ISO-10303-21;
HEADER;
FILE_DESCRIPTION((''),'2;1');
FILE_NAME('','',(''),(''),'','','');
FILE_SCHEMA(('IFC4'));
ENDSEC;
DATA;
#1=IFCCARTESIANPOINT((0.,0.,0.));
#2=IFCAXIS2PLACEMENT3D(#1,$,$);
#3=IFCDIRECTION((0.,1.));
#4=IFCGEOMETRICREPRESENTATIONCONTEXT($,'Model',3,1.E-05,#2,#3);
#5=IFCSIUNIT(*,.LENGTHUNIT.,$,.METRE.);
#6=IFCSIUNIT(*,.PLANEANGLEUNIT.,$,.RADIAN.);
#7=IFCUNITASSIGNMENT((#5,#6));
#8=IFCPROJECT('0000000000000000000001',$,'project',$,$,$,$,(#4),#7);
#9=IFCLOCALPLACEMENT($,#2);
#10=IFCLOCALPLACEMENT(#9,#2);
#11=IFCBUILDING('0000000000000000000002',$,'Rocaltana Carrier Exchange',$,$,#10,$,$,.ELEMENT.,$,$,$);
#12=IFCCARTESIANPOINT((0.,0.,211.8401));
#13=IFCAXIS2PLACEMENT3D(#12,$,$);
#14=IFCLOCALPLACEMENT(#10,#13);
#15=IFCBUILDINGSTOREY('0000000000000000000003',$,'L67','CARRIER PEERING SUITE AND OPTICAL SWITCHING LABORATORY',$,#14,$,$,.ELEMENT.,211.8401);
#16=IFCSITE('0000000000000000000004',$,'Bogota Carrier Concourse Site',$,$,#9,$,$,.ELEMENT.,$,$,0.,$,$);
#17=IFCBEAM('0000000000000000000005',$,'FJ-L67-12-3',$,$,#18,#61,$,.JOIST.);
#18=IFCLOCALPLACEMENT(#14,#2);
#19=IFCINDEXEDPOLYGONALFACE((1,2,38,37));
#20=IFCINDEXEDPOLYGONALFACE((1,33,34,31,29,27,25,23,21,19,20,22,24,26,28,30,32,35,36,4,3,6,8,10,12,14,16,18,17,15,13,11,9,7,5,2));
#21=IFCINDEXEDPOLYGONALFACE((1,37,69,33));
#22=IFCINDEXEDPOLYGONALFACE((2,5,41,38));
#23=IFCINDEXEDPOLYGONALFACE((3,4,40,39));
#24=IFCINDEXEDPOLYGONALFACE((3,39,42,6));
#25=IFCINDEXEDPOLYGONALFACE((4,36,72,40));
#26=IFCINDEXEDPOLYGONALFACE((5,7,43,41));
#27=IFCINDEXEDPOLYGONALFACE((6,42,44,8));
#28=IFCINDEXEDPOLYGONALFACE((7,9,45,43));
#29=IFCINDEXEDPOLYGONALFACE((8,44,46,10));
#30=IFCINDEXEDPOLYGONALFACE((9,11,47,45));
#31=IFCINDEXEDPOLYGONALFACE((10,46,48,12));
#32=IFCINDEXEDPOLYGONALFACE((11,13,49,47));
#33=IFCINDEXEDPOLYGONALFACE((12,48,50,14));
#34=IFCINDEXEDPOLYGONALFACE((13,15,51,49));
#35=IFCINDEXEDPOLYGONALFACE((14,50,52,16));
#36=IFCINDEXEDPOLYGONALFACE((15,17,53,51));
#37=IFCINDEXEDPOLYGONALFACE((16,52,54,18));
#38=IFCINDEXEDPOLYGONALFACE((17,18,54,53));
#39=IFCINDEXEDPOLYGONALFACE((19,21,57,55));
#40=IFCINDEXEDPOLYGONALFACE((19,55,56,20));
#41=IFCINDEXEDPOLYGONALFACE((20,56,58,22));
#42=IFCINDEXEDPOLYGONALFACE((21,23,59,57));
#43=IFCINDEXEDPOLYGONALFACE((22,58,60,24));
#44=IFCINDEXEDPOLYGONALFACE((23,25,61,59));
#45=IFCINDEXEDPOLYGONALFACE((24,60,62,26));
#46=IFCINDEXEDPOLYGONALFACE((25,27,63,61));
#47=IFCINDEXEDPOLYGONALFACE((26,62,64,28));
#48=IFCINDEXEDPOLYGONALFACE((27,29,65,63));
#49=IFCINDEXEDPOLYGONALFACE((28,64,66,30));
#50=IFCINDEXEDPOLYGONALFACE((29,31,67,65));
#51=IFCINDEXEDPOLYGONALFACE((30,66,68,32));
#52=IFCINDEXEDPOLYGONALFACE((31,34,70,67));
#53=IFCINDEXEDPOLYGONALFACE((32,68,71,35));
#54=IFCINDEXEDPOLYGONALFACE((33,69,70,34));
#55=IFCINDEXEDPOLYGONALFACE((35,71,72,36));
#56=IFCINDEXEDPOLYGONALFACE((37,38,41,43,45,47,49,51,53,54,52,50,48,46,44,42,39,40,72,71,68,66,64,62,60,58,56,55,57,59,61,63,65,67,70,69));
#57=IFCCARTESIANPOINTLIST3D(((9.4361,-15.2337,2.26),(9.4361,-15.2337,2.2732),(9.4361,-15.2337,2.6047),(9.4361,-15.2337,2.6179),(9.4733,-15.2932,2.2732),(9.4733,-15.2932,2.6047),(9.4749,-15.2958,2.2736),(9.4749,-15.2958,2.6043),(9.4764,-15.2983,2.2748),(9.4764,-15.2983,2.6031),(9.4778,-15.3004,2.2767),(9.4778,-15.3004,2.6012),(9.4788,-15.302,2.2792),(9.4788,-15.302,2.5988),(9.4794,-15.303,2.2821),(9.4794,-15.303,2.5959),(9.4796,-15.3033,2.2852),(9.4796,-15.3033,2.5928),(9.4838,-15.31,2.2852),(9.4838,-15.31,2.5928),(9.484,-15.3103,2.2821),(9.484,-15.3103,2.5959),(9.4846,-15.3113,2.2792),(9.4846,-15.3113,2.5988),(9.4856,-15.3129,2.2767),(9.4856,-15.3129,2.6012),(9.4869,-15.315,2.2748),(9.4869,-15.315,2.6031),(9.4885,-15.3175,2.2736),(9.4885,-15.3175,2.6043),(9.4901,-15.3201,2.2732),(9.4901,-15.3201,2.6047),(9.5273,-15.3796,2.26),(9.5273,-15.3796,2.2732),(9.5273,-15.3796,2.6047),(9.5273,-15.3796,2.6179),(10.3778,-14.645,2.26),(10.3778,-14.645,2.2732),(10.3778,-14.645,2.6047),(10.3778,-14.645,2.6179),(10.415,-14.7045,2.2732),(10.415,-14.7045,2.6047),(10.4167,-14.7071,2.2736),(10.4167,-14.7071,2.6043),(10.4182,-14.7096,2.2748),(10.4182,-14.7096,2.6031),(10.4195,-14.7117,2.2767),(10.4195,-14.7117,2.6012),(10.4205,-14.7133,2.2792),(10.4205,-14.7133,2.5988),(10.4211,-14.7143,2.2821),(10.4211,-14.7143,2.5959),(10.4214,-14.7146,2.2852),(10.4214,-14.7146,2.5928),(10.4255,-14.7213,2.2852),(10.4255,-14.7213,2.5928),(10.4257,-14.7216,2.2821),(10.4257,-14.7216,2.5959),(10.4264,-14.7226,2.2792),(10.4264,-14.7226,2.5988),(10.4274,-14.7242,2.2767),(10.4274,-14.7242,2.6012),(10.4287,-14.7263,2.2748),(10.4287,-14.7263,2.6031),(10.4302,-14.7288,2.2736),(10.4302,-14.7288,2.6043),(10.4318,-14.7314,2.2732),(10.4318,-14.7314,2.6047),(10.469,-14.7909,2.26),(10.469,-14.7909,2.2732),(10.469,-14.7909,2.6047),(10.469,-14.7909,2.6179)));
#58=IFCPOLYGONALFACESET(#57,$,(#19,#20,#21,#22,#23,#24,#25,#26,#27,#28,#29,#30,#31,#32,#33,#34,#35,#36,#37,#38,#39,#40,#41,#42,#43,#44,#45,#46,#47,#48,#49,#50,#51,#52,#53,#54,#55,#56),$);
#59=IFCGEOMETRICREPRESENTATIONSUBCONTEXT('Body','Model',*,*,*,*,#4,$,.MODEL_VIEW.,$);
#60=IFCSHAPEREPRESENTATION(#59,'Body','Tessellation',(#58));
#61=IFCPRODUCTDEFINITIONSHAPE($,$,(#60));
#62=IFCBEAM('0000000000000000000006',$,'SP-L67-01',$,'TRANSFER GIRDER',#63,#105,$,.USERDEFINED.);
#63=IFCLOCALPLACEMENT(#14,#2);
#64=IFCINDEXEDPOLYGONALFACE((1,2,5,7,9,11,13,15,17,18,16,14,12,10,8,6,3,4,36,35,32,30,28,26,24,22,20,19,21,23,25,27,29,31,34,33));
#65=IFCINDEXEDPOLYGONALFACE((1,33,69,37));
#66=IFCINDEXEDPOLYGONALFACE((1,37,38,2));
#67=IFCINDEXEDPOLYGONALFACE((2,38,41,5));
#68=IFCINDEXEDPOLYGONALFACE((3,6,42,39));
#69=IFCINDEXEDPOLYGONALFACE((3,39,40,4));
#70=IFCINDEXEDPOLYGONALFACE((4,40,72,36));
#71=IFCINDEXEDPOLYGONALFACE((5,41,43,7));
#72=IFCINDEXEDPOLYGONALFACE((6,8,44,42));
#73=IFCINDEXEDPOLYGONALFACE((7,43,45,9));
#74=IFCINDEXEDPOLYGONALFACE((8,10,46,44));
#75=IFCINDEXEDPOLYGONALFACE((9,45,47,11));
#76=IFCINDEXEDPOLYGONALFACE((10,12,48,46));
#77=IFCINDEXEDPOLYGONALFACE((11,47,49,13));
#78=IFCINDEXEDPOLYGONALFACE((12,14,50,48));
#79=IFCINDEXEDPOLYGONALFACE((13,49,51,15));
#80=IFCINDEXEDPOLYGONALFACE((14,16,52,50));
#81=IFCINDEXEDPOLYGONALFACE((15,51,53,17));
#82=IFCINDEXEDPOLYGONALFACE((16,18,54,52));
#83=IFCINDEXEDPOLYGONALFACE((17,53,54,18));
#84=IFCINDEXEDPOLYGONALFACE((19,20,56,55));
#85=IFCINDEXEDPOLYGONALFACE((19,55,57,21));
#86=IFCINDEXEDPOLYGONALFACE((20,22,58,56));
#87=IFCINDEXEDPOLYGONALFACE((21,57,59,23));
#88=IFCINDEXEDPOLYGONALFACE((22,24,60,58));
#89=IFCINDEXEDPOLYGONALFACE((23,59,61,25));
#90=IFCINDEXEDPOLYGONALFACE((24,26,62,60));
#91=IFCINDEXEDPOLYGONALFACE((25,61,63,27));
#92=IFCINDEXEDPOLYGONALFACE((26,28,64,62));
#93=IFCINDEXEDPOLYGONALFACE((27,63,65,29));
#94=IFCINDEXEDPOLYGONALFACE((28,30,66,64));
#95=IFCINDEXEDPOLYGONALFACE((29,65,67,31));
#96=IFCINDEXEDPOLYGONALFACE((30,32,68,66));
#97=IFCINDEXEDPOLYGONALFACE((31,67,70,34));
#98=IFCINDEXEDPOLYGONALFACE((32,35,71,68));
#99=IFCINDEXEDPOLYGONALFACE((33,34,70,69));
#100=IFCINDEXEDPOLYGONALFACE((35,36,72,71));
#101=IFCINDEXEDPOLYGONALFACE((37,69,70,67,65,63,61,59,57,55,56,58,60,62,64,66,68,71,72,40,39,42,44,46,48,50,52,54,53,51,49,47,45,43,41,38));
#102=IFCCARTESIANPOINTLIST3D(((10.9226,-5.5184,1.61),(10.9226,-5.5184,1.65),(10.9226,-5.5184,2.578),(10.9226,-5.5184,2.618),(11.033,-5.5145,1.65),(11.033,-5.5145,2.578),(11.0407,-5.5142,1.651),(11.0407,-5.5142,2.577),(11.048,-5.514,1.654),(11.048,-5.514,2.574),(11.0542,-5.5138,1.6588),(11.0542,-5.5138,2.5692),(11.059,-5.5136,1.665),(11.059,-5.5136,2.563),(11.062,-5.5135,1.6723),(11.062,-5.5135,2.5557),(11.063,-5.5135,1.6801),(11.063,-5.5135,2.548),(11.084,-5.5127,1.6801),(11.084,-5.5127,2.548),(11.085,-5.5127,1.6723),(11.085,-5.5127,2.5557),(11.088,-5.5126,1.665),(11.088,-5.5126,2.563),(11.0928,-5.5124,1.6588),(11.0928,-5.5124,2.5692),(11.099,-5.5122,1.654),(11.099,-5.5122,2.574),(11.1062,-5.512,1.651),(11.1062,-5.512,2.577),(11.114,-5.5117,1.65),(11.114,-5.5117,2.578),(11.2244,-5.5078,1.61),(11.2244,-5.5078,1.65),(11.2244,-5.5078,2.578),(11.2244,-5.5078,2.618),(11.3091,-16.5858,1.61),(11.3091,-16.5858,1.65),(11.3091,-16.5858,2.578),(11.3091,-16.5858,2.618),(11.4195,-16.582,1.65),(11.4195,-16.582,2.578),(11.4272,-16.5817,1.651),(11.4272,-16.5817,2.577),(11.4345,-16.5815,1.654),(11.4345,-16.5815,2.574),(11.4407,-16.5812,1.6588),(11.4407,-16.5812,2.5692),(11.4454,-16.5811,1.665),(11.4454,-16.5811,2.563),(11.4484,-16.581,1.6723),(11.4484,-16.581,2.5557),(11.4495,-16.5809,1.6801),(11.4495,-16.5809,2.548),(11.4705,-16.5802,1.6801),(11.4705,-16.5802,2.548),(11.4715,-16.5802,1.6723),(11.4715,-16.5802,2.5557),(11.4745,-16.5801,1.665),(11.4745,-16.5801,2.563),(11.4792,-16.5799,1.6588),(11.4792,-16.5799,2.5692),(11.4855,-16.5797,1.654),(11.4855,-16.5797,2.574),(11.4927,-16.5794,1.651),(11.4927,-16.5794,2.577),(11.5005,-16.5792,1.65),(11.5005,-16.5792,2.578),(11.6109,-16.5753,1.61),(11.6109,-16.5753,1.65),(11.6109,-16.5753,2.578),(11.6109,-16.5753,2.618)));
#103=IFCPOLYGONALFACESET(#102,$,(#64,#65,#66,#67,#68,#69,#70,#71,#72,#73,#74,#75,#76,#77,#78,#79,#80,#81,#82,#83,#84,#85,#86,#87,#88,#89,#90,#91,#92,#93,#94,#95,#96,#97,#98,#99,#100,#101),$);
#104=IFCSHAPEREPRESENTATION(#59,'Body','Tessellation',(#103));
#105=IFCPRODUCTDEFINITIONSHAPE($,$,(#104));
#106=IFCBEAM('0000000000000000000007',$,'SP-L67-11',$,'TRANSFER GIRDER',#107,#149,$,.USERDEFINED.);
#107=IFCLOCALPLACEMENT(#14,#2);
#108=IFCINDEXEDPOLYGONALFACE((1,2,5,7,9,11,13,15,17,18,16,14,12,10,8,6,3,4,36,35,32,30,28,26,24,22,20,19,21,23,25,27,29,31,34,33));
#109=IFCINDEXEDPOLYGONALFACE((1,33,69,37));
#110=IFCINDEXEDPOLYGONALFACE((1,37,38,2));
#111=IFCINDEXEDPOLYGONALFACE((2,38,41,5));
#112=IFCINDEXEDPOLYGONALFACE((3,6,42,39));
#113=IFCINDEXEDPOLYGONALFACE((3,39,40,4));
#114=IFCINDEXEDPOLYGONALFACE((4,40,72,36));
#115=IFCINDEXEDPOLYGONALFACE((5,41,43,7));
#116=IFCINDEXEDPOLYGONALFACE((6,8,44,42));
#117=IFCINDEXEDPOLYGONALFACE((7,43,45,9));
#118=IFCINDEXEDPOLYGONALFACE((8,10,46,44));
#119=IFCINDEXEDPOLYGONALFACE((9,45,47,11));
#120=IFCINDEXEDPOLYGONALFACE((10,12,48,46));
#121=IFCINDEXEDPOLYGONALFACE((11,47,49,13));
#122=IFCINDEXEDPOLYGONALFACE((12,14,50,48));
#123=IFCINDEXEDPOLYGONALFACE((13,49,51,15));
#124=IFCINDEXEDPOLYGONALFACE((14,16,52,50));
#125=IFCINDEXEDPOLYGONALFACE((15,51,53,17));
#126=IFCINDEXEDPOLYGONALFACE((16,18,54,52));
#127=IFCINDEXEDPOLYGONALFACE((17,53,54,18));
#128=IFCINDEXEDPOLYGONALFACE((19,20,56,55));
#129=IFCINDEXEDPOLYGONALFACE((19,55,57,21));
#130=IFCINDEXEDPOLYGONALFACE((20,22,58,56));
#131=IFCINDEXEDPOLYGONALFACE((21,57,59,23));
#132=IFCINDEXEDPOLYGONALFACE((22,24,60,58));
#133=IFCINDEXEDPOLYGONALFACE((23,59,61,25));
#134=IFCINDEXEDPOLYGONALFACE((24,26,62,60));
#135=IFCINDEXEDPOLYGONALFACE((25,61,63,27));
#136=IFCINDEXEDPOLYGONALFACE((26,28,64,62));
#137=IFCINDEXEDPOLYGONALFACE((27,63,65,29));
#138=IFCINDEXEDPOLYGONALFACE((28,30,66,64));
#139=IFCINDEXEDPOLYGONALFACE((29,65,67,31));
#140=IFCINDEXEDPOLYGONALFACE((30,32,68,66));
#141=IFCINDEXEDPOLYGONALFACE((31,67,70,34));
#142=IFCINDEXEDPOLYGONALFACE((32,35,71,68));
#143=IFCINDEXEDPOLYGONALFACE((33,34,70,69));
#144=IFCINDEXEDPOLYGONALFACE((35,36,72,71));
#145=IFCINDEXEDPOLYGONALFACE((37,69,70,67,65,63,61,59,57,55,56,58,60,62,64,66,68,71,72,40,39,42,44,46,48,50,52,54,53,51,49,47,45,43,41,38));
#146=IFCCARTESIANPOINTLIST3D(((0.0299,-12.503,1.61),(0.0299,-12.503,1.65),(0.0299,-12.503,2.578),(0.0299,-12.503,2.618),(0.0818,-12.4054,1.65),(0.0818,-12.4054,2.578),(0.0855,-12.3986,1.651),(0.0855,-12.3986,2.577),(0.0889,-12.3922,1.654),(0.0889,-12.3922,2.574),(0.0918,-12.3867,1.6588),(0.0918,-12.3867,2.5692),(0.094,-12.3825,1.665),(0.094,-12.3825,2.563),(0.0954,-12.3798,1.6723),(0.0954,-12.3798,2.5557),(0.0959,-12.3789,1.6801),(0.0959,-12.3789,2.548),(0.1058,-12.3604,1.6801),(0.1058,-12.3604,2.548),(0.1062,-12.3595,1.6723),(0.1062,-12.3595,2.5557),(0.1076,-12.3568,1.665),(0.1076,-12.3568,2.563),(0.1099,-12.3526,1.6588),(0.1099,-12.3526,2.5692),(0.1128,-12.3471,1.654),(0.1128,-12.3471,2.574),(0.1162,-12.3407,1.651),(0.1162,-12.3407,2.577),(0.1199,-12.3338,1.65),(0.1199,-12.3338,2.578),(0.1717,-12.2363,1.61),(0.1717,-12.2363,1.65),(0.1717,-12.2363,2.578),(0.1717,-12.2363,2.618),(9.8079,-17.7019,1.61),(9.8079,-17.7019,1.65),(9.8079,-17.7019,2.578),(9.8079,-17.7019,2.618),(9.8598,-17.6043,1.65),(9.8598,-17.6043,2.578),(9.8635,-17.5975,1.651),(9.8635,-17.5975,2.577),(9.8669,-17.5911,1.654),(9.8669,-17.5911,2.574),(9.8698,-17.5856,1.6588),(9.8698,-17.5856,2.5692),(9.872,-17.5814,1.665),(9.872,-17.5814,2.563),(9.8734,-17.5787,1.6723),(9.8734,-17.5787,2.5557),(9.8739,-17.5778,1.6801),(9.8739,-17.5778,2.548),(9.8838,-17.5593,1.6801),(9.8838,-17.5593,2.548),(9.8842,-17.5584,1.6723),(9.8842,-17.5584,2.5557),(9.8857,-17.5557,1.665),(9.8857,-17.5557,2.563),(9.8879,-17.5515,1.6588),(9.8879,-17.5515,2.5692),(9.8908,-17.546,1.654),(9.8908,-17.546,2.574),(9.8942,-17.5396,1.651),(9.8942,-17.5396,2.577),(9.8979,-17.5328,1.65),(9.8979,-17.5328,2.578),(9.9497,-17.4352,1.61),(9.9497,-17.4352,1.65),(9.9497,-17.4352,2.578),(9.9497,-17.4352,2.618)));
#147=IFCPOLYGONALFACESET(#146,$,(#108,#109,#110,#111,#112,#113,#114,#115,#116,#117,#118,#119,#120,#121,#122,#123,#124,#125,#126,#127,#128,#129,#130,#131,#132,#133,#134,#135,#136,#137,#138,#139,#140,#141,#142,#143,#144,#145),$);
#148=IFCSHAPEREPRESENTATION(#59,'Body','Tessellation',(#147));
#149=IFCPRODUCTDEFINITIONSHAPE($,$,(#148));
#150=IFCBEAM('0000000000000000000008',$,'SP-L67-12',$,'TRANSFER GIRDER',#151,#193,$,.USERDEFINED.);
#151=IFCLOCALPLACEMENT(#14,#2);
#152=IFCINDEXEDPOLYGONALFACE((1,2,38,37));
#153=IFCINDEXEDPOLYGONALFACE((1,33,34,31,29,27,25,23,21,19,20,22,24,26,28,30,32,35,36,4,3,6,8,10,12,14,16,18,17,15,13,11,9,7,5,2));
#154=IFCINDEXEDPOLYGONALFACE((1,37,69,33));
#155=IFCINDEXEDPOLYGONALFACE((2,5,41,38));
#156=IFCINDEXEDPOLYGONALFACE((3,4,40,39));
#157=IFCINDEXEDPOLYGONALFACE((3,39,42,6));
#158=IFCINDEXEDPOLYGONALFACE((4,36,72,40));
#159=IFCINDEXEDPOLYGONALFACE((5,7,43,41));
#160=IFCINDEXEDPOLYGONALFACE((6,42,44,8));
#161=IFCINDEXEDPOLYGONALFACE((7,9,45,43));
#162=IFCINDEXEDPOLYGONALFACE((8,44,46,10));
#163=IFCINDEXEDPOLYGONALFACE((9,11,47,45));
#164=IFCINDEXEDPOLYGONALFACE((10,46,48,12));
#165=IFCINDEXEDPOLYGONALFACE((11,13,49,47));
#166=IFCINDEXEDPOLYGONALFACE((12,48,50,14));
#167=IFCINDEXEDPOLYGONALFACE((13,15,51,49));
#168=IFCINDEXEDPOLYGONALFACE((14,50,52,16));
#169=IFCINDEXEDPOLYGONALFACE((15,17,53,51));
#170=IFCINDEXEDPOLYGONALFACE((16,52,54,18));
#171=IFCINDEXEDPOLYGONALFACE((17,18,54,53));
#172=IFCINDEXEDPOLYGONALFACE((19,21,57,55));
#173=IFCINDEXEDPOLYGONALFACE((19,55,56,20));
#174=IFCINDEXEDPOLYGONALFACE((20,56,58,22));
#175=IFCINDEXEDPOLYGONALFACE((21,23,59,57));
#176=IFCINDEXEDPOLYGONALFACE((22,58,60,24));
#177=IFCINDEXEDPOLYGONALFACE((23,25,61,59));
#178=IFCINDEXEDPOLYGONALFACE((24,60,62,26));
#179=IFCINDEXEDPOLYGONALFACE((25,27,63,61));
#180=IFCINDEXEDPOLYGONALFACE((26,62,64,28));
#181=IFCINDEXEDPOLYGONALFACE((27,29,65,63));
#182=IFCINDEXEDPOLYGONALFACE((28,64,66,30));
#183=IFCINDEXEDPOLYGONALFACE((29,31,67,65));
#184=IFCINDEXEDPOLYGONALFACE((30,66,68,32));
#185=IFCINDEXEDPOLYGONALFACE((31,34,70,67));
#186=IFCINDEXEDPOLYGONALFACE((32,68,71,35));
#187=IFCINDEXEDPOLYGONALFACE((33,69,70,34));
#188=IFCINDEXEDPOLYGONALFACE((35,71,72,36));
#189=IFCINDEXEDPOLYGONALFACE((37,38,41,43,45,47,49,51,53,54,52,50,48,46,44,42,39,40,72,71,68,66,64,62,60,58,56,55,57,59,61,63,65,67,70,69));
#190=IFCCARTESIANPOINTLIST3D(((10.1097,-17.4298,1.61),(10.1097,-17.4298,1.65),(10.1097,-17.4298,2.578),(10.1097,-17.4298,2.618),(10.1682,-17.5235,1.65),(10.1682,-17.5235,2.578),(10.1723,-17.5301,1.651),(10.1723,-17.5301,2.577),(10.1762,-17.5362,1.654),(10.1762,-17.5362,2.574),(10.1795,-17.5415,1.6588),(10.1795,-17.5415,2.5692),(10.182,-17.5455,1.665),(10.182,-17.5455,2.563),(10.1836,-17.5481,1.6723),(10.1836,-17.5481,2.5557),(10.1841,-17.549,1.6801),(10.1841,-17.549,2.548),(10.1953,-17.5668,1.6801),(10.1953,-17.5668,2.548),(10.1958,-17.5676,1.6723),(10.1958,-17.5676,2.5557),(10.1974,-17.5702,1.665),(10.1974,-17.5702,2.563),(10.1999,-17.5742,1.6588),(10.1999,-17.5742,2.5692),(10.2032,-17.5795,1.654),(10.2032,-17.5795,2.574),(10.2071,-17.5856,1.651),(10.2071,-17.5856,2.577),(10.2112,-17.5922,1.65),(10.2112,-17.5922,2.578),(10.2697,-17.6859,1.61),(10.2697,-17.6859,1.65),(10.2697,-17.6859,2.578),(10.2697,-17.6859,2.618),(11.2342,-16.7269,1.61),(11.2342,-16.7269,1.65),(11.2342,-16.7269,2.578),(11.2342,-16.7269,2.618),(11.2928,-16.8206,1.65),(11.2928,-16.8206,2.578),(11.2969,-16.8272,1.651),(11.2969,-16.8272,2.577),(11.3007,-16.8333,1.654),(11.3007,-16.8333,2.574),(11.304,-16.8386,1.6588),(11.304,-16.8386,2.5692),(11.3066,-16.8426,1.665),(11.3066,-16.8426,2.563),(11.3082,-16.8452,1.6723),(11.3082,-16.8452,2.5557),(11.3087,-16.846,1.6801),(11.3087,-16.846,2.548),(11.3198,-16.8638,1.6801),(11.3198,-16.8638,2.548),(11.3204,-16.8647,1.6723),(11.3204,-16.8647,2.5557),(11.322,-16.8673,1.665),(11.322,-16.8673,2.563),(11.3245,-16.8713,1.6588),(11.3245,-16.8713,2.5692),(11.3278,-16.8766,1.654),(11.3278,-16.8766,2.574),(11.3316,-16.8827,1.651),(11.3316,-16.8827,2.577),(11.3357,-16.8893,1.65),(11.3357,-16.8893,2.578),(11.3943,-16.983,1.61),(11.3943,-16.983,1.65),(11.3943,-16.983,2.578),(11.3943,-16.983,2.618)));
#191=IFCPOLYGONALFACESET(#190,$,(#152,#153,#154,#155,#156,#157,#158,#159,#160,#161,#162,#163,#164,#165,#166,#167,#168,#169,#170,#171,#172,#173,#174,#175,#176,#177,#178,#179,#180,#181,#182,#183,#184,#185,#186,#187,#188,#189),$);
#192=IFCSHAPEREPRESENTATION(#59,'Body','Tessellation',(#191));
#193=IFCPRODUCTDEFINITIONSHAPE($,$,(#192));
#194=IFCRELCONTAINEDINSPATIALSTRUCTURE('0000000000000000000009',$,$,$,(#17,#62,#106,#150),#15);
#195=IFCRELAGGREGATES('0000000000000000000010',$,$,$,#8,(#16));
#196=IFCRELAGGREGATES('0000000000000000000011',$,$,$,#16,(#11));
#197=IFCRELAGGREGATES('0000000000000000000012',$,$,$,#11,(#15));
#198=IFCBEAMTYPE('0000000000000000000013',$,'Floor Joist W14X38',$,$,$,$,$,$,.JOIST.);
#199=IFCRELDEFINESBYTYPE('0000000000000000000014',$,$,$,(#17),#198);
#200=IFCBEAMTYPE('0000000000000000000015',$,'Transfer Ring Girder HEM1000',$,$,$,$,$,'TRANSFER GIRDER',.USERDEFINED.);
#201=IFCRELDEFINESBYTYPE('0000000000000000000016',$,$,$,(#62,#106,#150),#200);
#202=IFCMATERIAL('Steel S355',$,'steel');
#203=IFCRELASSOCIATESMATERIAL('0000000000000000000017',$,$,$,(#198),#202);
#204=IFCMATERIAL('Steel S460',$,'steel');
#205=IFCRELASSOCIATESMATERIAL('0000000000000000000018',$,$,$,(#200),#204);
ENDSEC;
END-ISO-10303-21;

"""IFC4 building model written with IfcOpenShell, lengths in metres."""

from ifc_helpers import new_model, si_unit, direction, frame, origin, origin_2d, place, context, subcontext, project, spatial, i_section, extrude, material, material_profile, profile_set, type_object, element, save


model = new_model("IFC4")

# Units and contexts
model_context = context("Model", 3, precision=1e-05, world=origin(), true_north=direction((0.0, 1.0)))
body_context = subcontext(model_context, "Body", "Model", "MODEL_VIEW")
ifc_project = project(units=[si_unit("LENGTHUNIT", "METRE"), si_unit("PLANEANGLEUNIT", "RADIAN")], contexts=[model_context])

# Site, building, storey
site_placement = place(None, origin())
site = spatial("IfcSite", under=ifc_project, at=site_placement, Name="Bogota Carrier Concourse Site", CompositionType="ELEMENT", RefElevation=0.0)
building_placement = place(site_placement, origin())
building = spatial("IfcBuilding", under=site, at=building_placement, Name="Rocaltana Carrier Exchange", CompositionType="ELEMENT")
storey_placement = place(building_placement, frame((0.0, 0.0, 211.8401)))
storey = spatial("IfcBuildingStorey", under=building, at=storey_placement, Name="L67", Description="CARRIER PEERING SUITE AND OPTICAL SWITCHING LABORATORY", CompositionType="ELEMENT", Elevation=211.8401)

# Beams
ifc_material_1 = material(Name="Steel S355", Category="steel")
ifc_material_profile_1 = material_profile(ifc_material_1, i_section(OverallWidth=0.1721, OverallDepth=0.3579, WebThickness=0.0078, FlangeThickness=0.0132, FilletRadius=0.012, at=origin_2d()), Name="W14X38")
ifc_profile_set_1 = profile_set([ifc_material_profile_1], Name="Steel S355")
beam_type_1 = type_object("IfcBeamType", Name="Floor Joist W14X38", PredefinedType="JOIST", material=ifc_profile_set_1)
beam_1_placement = place(storey_placement, frame((9.4817, -15.3066, 2.439), z_axis=(0.847961, 0.530058, 0.0), x_axis=(-0.530058, 0.847961, 0.0)))
element("IfcBeam", 1, at=beam_1_placement, inside=storey, type_object=beam_type_1, Name="FJ-L67-12-3", PredefinedType="JOIST", context=body_context, shape_type="SweptSolid", body=[
    extrude(i_section(OverallWidth=0.1721, OverallDepth=0.3579, WebThickness=0.0078, FlangeThickness=0.0132, FilletRadius=0.012, at=origin_2d()), origin(), (0.0, 0.0, 1.0), 1.1106),
])
ifc_material_2 = material(Name="Steel S460", Category="steel")
ifc_material_profile_2 = material_profile(ifc_material_2, i_section(OverallWidth=0.302, OverallDepth=1.0081, WebThickness=0.021, FlangeThickness=0.04, FilletRadius=0.03, at=origin_2d()), Name="HEM1000")
ifc_profile_set_2 = profile_set([ifc_material_profile_2], Name="Steel S460")
beam_type_2 = type_object("IfcBeamType", Name="Transfer Ring Girder HEM1000", ElementType="TRANSFER GIRDER", PredefinedType="USERDEFINED", material=ifc_profile_set_2)
for number, where, z_axis, x_axis, name in (
    (2, (11.46, -16.5806, 2.114), (-0.034899, 0.999391, 0.0), (-0.999391, -0.034899, 0.0), "SP-L67-01"),
    (3, (0.1008, -12.3696, 2.114), (0.882952, -0.469463, 0.0), (0.469463, 0.882952, 0.0), "SP-L67-11"),
):
    element("IfcBeam", number, at=place(storey_placement, frame(where, z_axis=z_axis, x_axis=x_axis)), inside=storey, type_object=beam_type_2, Name=name, ObjectType="TRANSFER GIRDER", PredefinedType="USERDEFINED", context=body_context, shape_type="SweptSolid", body=[
        extrude(i_section(OverallWidth=0.302, OverallDepth=1.0081, WebThickness=0.021, FlangeThickness=0.04, FilletRadius=0.03, at=origin_2d()), origin(), (0.0, 0.0, 1.0), 11.0742),
    ])
beam_2_placement = place(storey_placement, frame((10.1897, -17.5579, 2.114), z_axis=(0.847978, 0.530032, 0.0), x_axis=(-0.530032, 0.847978, 0.0)))
element("IfcBeam", 4, at=beam_2_placement, inside=storey, type_object=beam_type_2, Name="SP-L67-12", ObjectType="TRANSFER GIRDER", PredefinedType="USERDEFINED", context=body_context, shape_type="SweptSolid", body=[
    extrude(i_section(OverallWidth=0.302, OverallDepth=1.0081, WebThickness=0.021, FlangeThickness=0.04, FilletRadius=0.03, at=origin_2d()), origin(), (0.0, 0.0, 1.0), 1.3262),
])

save(model, "model.ifc")
